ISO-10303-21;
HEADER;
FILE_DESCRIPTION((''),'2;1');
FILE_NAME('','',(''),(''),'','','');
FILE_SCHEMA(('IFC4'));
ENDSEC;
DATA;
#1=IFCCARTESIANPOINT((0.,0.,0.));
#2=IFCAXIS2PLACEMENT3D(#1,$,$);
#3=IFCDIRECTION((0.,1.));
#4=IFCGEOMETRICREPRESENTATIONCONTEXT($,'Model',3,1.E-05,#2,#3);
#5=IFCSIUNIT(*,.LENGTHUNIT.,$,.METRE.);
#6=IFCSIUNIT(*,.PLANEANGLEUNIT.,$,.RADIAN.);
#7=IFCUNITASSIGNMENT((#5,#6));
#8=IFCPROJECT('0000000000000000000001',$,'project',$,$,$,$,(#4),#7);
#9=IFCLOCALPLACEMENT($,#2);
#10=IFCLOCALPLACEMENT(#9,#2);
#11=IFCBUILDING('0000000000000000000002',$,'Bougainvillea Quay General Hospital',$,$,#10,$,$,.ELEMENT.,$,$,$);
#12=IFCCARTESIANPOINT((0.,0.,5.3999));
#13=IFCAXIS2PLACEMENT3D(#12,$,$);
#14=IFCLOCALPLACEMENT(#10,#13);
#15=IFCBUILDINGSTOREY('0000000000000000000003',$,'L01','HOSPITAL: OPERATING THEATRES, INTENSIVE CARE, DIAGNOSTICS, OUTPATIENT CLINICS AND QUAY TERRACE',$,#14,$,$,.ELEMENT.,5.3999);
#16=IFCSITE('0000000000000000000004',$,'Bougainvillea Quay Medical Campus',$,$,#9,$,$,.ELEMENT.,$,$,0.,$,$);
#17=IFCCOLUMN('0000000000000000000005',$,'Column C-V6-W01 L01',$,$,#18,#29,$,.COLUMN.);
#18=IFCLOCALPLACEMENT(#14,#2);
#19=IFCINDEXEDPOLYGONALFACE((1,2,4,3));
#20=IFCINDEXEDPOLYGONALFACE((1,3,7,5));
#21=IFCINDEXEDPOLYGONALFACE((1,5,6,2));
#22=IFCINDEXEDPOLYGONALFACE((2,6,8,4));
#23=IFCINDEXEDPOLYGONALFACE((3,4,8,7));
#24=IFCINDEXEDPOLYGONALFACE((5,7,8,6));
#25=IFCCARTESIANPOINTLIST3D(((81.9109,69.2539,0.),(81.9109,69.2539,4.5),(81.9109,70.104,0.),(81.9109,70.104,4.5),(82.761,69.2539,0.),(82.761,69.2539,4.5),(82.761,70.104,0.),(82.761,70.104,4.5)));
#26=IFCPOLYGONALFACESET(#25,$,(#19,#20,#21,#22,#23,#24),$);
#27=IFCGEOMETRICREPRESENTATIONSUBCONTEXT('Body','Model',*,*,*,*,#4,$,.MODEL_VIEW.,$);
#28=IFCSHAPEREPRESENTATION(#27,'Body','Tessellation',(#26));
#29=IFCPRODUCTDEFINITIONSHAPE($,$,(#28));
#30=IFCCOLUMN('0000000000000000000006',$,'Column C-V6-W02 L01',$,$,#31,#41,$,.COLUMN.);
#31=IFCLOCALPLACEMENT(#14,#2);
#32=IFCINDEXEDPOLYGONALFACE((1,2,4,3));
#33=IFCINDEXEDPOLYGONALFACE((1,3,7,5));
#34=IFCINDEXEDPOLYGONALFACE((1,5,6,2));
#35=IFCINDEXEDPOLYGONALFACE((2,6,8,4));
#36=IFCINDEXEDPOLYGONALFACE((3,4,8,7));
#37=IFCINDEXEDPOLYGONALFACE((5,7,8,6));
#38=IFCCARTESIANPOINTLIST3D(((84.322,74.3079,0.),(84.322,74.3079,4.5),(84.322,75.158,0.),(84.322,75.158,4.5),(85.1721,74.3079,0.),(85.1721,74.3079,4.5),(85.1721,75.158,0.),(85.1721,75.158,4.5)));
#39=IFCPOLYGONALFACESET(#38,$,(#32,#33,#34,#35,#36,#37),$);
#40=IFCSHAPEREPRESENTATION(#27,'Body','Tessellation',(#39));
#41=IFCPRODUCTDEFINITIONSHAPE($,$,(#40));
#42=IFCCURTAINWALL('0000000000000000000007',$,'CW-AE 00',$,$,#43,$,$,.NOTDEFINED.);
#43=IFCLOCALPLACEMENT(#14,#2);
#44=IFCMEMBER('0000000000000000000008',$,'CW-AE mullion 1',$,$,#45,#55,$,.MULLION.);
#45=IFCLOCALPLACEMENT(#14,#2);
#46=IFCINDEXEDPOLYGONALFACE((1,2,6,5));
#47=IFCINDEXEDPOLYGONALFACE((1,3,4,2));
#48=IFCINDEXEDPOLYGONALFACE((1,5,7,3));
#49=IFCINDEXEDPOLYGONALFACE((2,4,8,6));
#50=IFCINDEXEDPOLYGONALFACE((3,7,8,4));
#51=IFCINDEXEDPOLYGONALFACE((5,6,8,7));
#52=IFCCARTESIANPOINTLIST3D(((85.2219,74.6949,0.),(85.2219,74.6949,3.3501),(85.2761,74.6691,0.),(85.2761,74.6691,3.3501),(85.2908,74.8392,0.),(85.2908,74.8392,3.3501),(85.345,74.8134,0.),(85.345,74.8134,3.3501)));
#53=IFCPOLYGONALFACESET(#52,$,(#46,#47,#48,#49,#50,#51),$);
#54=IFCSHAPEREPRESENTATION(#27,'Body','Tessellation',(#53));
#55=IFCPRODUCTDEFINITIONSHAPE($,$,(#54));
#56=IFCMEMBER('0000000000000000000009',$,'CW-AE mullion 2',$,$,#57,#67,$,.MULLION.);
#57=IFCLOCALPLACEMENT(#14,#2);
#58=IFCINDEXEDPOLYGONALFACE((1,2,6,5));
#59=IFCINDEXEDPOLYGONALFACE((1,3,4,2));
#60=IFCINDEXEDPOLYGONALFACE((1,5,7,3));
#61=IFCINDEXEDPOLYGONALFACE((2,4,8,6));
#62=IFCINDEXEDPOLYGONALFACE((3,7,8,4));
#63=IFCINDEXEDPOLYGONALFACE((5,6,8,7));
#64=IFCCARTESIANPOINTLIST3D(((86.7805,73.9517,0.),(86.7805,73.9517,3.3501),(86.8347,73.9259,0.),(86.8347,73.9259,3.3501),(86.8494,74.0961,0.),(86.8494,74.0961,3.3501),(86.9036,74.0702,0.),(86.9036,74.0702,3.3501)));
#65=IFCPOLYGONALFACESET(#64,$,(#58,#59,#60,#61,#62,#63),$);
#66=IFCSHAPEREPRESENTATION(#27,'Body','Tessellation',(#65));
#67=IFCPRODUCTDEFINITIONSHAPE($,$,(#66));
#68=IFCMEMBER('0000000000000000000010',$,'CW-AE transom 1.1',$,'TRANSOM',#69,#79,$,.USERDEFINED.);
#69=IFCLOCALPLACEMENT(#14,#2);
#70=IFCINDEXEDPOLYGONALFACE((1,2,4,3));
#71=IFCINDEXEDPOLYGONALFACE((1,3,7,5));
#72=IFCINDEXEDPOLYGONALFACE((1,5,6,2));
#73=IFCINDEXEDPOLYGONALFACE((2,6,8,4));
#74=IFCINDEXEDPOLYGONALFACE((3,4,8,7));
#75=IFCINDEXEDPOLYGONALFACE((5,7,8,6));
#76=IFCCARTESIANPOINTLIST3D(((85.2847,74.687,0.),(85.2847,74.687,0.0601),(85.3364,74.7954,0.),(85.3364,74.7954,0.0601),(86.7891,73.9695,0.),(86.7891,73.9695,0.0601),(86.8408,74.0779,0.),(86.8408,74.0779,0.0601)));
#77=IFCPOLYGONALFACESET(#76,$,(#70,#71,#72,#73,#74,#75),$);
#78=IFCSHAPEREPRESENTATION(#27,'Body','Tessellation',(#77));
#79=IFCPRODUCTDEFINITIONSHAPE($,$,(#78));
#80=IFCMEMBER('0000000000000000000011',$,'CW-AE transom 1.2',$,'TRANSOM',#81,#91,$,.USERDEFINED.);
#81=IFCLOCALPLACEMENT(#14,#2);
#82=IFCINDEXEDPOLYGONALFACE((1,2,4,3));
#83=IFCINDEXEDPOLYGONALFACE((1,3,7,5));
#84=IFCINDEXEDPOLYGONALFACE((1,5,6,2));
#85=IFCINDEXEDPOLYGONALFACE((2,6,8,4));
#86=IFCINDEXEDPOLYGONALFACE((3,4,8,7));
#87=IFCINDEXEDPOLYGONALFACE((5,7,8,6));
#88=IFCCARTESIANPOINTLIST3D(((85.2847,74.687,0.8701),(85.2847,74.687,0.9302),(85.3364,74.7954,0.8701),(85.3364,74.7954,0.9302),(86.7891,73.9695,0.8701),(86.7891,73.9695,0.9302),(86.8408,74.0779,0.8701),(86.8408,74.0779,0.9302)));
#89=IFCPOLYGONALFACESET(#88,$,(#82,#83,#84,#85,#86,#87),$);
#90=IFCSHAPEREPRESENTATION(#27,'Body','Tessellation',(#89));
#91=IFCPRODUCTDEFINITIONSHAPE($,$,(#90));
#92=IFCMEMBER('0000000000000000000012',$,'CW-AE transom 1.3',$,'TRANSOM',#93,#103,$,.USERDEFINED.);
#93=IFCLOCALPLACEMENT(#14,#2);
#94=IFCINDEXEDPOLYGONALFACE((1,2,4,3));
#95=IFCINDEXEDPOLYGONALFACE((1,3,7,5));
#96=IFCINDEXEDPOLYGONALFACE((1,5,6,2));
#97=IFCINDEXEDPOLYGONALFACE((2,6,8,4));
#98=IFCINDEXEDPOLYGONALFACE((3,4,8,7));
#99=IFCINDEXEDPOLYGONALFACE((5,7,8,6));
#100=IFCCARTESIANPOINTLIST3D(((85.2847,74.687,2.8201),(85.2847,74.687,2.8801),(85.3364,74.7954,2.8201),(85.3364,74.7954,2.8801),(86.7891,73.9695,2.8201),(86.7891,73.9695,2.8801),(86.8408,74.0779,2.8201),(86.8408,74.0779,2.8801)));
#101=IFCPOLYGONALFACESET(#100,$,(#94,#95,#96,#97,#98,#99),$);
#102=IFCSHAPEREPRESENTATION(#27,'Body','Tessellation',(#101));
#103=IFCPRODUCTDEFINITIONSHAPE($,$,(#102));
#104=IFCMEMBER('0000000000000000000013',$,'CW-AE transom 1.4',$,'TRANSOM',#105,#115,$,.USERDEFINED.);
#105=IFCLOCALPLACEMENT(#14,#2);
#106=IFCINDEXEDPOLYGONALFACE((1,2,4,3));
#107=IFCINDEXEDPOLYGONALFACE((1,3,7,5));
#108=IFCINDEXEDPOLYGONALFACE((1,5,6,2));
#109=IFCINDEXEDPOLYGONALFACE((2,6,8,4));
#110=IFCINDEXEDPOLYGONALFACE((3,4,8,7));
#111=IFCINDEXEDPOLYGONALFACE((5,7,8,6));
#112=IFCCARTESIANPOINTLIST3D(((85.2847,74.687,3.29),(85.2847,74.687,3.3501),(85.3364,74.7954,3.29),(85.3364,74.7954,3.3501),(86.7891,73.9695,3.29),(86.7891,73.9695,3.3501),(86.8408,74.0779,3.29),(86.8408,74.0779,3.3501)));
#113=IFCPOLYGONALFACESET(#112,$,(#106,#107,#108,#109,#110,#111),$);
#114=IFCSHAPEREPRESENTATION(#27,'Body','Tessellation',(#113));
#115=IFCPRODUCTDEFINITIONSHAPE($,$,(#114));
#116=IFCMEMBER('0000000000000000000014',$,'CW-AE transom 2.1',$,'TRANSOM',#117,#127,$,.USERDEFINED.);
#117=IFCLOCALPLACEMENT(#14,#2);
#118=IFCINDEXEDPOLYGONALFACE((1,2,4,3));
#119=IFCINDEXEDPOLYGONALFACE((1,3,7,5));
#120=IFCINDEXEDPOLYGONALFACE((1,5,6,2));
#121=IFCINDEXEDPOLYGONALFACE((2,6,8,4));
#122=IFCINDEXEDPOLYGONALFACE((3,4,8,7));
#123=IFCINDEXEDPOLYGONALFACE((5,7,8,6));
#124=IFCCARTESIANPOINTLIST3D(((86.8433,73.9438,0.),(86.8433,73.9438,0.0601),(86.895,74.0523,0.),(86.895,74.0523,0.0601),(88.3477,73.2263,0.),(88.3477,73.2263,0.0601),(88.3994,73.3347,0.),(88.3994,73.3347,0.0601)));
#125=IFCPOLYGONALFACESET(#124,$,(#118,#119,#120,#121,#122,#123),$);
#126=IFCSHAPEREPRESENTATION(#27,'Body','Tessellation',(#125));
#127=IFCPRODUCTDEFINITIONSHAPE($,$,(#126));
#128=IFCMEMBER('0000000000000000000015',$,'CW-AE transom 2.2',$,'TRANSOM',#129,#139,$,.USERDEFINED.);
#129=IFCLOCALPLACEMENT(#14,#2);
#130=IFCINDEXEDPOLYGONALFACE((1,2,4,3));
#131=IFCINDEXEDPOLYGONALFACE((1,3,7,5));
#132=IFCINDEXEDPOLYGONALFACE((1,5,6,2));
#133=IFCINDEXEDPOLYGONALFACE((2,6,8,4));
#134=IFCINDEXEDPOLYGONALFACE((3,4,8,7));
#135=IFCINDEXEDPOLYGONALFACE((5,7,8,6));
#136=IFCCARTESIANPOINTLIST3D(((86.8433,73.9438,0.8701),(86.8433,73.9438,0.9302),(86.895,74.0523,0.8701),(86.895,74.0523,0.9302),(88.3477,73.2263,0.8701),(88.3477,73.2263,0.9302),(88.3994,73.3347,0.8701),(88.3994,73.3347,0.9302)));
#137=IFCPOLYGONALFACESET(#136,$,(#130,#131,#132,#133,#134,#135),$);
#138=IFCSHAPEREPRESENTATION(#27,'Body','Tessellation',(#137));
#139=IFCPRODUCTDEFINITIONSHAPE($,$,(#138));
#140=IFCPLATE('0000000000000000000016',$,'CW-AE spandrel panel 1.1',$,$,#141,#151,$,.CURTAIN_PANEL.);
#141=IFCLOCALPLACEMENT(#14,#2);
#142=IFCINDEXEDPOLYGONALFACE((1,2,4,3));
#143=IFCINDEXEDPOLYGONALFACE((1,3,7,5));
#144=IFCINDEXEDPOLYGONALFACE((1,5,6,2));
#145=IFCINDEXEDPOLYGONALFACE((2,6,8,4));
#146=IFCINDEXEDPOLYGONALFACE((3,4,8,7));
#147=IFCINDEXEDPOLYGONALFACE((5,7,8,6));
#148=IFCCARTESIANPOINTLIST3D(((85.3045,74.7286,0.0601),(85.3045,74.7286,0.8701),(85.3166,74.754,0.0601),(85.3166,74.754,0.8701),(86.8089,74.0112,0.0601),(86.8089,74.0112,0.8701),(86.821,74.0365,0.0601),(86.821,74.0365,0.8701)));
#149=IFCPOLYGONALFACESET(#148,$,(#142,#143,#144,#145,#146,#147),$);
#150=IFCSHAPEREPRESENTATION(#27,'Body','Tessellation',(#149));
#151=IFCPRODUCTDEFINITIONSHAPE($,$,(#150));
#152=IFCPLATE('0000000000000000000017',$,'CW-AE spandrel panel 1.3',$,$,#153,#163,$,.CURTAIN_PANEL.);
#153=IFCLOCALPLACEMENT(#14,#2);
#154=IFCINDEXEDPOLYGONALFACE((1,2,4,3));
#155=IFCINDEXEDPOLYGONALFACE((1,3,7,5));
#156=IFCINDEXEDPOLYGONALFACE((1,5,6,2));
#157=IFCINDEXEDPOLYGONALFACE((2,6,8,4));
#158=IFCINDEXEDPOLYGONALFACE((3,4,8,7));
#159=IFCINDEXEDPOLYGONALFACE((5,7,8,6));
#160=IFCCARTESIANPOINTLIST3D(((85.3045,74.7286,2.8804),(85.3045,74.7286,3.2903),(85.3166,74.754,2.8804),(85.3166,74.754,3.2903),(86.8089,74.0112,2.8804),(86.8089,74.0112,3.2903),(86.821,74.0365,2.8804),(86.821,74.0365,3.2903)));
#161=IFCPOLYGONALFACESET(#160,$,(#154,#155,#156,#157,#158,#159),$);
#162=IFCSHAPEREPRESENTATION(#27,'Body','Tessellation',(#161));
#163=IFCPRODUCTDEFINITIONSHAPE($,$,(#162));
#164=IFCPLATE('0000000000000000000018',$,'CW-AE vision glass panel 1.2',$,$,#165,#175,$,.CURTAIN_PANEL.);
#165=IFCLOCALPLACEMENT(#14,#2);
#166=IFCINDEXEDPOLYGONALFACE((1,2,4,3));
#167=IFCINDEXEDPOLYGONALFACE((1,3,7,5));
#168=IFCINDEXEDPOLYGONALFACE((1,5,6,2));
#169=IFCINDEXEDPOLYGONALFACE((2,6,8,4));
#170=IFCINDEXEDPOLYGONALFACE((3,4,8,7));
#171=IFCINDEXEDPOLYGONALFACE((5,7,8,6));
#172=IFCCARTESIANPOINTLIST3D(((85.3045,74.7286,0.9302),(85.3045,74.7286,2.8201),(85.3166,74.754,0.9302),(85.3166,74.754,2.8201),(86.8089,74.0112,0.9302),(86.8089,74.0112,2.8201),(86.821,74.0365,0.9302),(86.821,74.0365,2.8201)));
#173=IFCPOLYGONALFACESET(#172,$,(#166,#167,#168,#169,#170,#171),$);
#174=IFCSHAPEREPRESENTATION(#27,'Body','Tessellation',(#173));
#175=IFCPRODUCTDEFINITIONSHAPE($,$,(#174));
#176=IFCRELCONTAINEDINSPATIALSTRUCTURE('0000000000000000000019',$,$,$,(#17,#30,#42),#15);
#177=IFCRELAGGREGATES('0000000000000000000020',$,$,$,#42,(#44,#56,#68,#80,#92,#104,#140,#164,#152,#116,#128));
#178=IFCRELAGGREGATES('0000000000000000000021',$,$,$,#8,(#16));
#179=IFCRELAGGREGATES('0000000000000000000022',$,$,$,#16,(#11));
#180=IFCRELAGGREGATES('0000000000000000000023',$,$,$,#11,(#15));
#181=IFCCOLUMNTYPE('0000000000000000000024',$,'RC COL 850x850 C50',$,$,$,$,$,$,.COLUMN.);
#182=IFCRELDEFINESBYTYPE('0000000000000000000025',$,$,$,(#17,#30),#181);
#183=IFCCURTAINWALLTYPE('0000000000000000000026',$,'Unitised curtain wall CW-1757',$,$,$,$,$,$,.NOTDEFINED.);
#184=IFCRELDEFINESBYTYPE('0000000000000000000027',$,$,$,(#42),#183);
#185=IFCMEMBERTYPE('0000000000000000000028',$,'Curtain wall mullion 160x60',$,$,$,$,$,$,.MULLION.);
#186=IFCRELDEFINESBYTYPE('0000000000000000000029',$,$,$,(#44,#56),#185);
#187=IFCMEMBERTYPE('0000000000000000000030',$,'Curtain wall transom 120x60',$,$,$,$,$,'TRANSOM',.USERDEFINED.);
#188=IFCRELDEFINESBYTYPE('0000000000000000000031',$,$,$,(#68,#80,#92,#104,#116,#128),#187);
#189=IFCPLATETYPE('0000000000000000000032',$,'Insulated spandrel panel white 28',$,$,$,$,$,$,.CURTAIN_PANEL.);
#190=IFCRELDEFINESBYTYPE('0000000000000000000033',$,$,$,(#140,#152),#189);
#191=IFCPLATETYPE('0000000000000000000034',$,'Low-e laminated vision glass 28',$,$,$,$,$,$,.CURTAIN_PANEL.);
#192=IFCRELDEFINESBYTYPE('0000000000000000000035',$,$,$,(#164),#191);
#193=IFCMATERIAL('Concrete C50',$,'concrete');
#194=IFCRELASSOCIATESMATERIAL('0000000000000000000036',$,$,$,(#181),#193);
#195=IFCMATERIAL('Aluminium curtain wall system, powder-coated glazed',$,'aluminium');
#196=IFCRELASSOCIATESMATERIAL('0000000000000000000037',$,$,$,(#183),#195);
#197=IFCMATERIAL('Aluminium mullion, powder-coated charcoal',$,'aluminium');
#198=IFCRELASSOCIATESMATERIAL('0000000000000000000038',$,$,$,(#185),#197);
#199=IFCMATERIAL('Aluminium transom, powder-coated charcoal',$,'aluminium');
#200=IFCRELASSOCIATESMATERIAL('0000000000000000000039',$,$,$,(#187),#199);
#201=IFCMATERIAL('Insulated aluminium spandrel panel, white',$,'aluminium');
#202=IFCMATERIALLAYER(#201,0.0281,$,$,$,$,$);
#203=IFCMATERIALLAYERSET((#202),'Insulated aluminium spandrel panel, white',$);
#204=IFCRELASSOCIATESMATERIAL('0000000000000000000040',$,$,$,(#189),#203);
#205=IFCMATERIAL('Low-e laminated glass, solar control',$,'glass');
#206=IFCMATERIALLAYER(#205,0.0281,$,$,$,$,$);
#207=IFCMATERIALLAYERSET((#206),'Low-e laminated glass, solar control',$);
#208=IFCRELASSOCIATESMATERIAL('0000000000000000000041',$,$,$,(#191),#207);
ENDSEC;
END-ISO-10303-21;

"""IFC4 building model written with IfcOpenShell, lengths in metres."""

from ifc_helpers import new_model, si_unit, direction, frame, origin, origin_2d, place, context, subcontext, project, spatial, rectangle, extrude, material, layer, layer_set, material_profile, profile_set, type_object, element, aggregate, save


model = new_model("IFC4")

# Units and contexts
model_context = context("Model", 3, precision=1e-05, world=origin(), true_north=direction((0.0, 1.0)))
body_context = subcontext(model_context, "Body", "Model", "MODEL_VIEW")
ifc_project = project(units=[si_unit("LENGTHUNIT", "METRE"), si_unit("PLANEANGLEUNIT", "RADIAN")], contexts=[model_context])

# Site, building, storey
site_placement = place(None, origin())
site = spatial("IfcSite", under=ifc_project, at=site_placement, Name="Bougainvillea Quay Medical Campus", CompositionType="ELEMENT", RefElevation=0.0)
building_placement = place(site_placement, origin())
building = spatial("IfcBuilding", under=site, at=building_placement, Name="Bougainvillea Quay General Hospital", CompositionType="ELEMENT")
storey_placement = place(building_placement, frame((0.0, 0.0, 5.3999)))
storey = spatial("IfcBuildingStorey", under=building, at=storey_placement, Name="L01", Description="HOSPITAL: OPERATING THEATRES, INTENSIVE CARE, DIAGNOSTICS, OUTPATIENT CLINICS AND QUAY TERRACE", CompositionType="ELEMENT", Elevation=5.3999)

# Columns
ifc_material_1 = material(Name="Concrete C50", Category="concrete")
ifc_material_profile_1 = material_profile(ifc_material_1, rectangle(XDim=0.8501, YDim=0.8501, at=origin_2d()))
ifc_profile_set_1 = profile_set([ifc_material_profile_1], Name="Concrete C50")
column_type = type_object("IfcColumnType", Name="RC COL 850x850 C50", PredefinedType="COLUMN", material=ifc_profile_set_1)
for number, where, z_axis, x_axis, name in (
    (1, (82.3359, 69.679, 0.0), (0.0, 0.0, 1.0), (1.0, 0.0, 0.0), "Column C-V6-W01 L01"),
    (2, (84.7471, 74.7329, 0.0), (0.0, 0.0, 1.0), (1.0, 0.0, 0.0), "Column C-V6-W02 L01"),
):
    element("IfcColumn", number, at=place(storey_placement, frame(where, z_axis=z_axis, x_axis=x_axis)), inside=storey, type_object=column_type, Name=name, PredefinedType="COLUMN", context=body_context, shape_type="SweptSolid", body=[
        extrude(rectangle(XDim=0.8501, YDim=0.8501, at=origin_2d()), origin(), (0.0, 0.0, 1.0), 4.5),
    ])

# Curtain wall, members, plates
ifc_material_2 = material(Name="Aluminium curtain wall system, powder-coated glazed", Category="aluminium")
curtain_wall_type = type_object("IfcCurtainWallType", Name="Unitised curtain wall CW-1757", PredefinedType="NOTDEFINED", material=ifc_material_2)
curtain_wall_placement = place(storey_placement, origin())
curtain_wall = element("IfcCurtainWall", 3, at=curtain_wall_placement, inside=storey, type_object=curtain_wall_type, Name="CW-AE 00", PredefinedType="NOTDEFINED")
ifc_material_3 = material(Name="Aluminium mullion, powder-coated charcoal", Category="aluminium")
ifc_material_profile_2 = material_profile(ifc_material_3, rectangle(XDim=0.1599, YDim=0.0601, at=origin_2d()))
ifc_profile_set_2 = profile_set([ifc_material_profile_2], Name="Aluminium mullion, powder-coated charcoal")
member_type_1 = type_object("IfcMemberType", Name="Curtain wall mullion 160x60", PredefinedType="MULLION", material=ifc_profile_set_2)
member_1_placement = place(storey_placement, frame((85.2834, 74.7542, 0.0), z_axis=(0.0, 0.0, 1.0), x_axis=(0.430463, 0.902608, 0.0)))
member_1 = element("IfcMember", 4, at=member_1_placement, type_object=member_type_1, Name="CW-AE mullion 1", PredefinedType="MULLION", context=body_context, shape_type="SweptSolid", body=[
    extrude(rectangle(XDim=0.1599, YDim=0.0601, at=origin_2d()), origin(), (0.0, 0.0, 1.0), 3.3501),
])
member_2_placement = place(storey_placement, frame((86.842, 74.011, 0.0), z_axis=(0.0, 0.0, 1.0), x_axis=(0.430463, 0.902608, 0.0)))
member_2 = element("IfcMember", 5, at=member_2_placement, type_object=member_type_1, Name="CW-AE mullion 2", PredefinedType="MULLION", context=body_context, shape_type="SweptSolid", body=[
    extrude(rectangle(XDim=0.1599, YDim=0.0601, at=origin_2d()), origin(), (0.0, 0.0, 1.0), 3.3501),
])
ifc_material_4 = material(Name="Aluminium transom, powder-coated charcoal", Category="aluminium")
ifc_material_profile_3 = material_profile(ifc_material_4, rectangle(XDim=0.1201, YDim=0.0601, at=origin_2d()))
ifc_profile_set_3 = profile_set([ifc_material_profile_3], Name="Aluminium transom, powder-coated charcoal")
member_type_2 = type_object("IfcMemberType", Name="Curtain wall transom 120x60", ElementType="TRANSOM", PredefinedType="USERDEFINED", material=ifc_profile_set_3)
member_3_placement = place(storey_placement, frame((85.3105, 74.7412, 0.03), z_axis=(0.902592, -0.430496, 0.0), x_axis=(0.430496, 0.902592, 0.0)))
member_3 = element("IfcMember", 6, at=member_3_placement, type_object=member_type_2, Name="CW-AE transom 1.1", ObjectType="TRANSOM", PredefinedType="USERDEFINED", context=body_context, shape_type="SweptSolid", body=[
    extrude(rectangle(XDim=0.1201, YDim=0.0601, at=origin_2d()), origin(), (0.0, 0.0, 1.0), 1.6667),
])
member_4_placement = place(storey_placement, frame((85.3105, 74.7412, 0.9001), z_axis=(0.902592, -0.430496, 0.0), x_axis=(0.430496, 0.902592, 0.0)))
member_4 = element("IfcMember", 7, at=member_4_placement, type_object=member_type_2, Name="CW-AE transom 1.2", ObjectType="TRANSOM", PredefinedType="USERDEFINED", context=body_context, shape_type="SweptSolid", body=[
    extrude(rectangle(XDim=0.1201, YDim=0.0601, at=origin_2d()), origin(), (0.0, 0.0, 1.0), 1.6667),
])
member_5_placement = place(storey_placement, frame((85.3105, 74.7412, 2.8501), z_axis=(0.902592, -0.430496, 0.0), x_axis=(0.430496, 0.902592, 0.0)))
member_5 = element("IfcMember", 8, at=member_5_placement, type_object=member_type_2, Name="CW-AE transom 1.3", ObjectType="TRANSOM", PredefinedType="USERDEFINED", context=body_context, shape_type="SweptSolid", body=[
    extrude(rectangle(XDim=0.1201, YDim=0.0601, at=origin_2d()), origin(), (0.0, 0.0, 1.0), 1.6667),
])
member_6_placement = place(storey_placement, frame((85.3105, 74.7412, 3.3201), z_axis=(0.902592, -0.430496, 0.0), x_axis=(0.430496, 0.902592, 0.0)))
member_6 = element("IfcMember", 9, at=member_6_placement, type_object=member_type_2, Name="CW-AE transom 1.4", ObjectType="TRANSOM", PredefinedType="USERDEFINED", context=body_context, shape_type="SweptSolid", body=[
    extrude(rectangle(XDim=0.1201, YDim=0.0601, at=origin_2d()), origin(), (0.0, 0.0, 1.0), 1.6667),
])
member_7_placement = place(storey_placement, frame((86.8691, 73.998, 0.03), z_axis=(0.902592, -0.430496, 0.0), x_axis=(0.430496, 0.902592, 0.0)))
member_7 = element("IfcMember", 10, at=member_7_placement, type_object=member_type_2, Name="CW-AE transom 2.1", ObjectType="TRANSOM", PredefinedType="USERDEFINED", context=body_context, shape_type="SweptSolid", body=[
    extrude(rectangle(XDim=0.1201, YDim=0.0601, at=origin_2d()), origin(), (0.0, 0.0, 1.0), 1.6667),
])
member_8_placement = place(storey_placement, frame((86.8691, 73.998, 0.9001), z_axis=(0.902592, -0.430496, 0.0), x_axis=(0.430496, 0.902592, 0.0)))
member_8 = element("IfcMember", 11, at=member_8_placement, type_object=member_type_2, Name="CW-AE transom 2.2", ObjectType="TRANSOM", PredefinedType="USERDEFINED", context=body_context, shape_type="SweptSolid", body=[
    extrude(rectangle(XDim=0.1201, YDim=0.0601, at=origin_2d()), origin(), (0.0, 0.0, 1.0), 1.6667),
])
ifc_material_5 = material(Name="Insulated aluminium spandrel panel, white", Category="aluminium")
ifc_layer_1 = layer(ifc_material_5, 0.0281)
ifc_layer_set_1 = layer_set([ifc_layer_1], Name="Insulated aluminium spandrel panel, white")
plate_type_1 = type_object("IfcPlateType", Name="Insulated spandrel panel white 28", PredefinedType="CURTAIN_PANEL", material=ifc_layer_set_1)
plate_1_placement = place(storey_placement, frame((86.0627, 74.3826, 0.0601), z_axis=(0.0, 0.0, 1.0), x_axis=(0.902608, -0.430463, 0.0)))
plate_1 = element("IfcPlate", 12, at=plate_1_placement, type_object=plate_type_1, Name="CW-AE spandrel panel 1.1", PredefinedType="CURTAIN_PANEL", context=body_context, shape_type="SweptSolid", body=[
    extrude(rectangle(XDim=1.6667, YDim=0.0281, at=origin_2d()), origin(), (0.0, 0.0, 1.0), 0.8101),
])
plate_2_placement = place(storey_placement, frame((86.0627, 74.3826, 2.8804), z_axis=(0.0, 0.0, 1.0), x_axis=(0.902608, -0.430463, 0.0)))
plate_2 = element("IfcPlate", 13, at=plate_2_placement, type_object=plate_type_1, Name="CW-AE spandrel panel 1.3", PredefinedType="CURTAIN_PANEL", context=body_context, shape_type="SweptSolid", body=[
    extrude(rectangle(XDim=1.6667, YDim=0.0281, at=origin_2d()), origin(), (0.0, 0.0, 1.0), 0.4099),
])
ifc_material_6 = material(Name="Low-e laminated glass, solar control", Category="glass")
ifc_layer_2 = layer(ifc_material_6, 0.0281)
ifc_layer_set_2 = layer_set([ifc_layer_2], Name="Low-e laminated glass, solar control")
plate_type_2 = type_object("IfcPlateType", Name="Low-e laminated vision glass 28", PredefinedType="CURTAIN_PANEL", material=ifc_layer_set_2)
plate_3_placement = place(storey_placement, frame((86.0627, 74.3826, 0.9302), z_axis=(0.0, 0.0, 1.0), x_axis=(0.902608, -0.430463, 0.0)))
plate_3 = element("IfcPlate", 14, at=plate_3_placement, type_object=plate_type_2, Name="CW-AE vision glass panel 1.2", PredefinedType="CURTAIN_PANEL", context=body_context, shape_type="SweptSolid", body=[
    extrude(rectangle(XDim=1.6667, YDim=0.0281, at=origin_2d()), origin(), (0.0, 0.0, 1.0), 1.8899),
])
aggregate(curtain_wall, [member_1, member_2, member_3, member_4, member_5, member_6, plate_1, plate_3, plate_2, member_7, member_8])

save(model, "model.ifc")
